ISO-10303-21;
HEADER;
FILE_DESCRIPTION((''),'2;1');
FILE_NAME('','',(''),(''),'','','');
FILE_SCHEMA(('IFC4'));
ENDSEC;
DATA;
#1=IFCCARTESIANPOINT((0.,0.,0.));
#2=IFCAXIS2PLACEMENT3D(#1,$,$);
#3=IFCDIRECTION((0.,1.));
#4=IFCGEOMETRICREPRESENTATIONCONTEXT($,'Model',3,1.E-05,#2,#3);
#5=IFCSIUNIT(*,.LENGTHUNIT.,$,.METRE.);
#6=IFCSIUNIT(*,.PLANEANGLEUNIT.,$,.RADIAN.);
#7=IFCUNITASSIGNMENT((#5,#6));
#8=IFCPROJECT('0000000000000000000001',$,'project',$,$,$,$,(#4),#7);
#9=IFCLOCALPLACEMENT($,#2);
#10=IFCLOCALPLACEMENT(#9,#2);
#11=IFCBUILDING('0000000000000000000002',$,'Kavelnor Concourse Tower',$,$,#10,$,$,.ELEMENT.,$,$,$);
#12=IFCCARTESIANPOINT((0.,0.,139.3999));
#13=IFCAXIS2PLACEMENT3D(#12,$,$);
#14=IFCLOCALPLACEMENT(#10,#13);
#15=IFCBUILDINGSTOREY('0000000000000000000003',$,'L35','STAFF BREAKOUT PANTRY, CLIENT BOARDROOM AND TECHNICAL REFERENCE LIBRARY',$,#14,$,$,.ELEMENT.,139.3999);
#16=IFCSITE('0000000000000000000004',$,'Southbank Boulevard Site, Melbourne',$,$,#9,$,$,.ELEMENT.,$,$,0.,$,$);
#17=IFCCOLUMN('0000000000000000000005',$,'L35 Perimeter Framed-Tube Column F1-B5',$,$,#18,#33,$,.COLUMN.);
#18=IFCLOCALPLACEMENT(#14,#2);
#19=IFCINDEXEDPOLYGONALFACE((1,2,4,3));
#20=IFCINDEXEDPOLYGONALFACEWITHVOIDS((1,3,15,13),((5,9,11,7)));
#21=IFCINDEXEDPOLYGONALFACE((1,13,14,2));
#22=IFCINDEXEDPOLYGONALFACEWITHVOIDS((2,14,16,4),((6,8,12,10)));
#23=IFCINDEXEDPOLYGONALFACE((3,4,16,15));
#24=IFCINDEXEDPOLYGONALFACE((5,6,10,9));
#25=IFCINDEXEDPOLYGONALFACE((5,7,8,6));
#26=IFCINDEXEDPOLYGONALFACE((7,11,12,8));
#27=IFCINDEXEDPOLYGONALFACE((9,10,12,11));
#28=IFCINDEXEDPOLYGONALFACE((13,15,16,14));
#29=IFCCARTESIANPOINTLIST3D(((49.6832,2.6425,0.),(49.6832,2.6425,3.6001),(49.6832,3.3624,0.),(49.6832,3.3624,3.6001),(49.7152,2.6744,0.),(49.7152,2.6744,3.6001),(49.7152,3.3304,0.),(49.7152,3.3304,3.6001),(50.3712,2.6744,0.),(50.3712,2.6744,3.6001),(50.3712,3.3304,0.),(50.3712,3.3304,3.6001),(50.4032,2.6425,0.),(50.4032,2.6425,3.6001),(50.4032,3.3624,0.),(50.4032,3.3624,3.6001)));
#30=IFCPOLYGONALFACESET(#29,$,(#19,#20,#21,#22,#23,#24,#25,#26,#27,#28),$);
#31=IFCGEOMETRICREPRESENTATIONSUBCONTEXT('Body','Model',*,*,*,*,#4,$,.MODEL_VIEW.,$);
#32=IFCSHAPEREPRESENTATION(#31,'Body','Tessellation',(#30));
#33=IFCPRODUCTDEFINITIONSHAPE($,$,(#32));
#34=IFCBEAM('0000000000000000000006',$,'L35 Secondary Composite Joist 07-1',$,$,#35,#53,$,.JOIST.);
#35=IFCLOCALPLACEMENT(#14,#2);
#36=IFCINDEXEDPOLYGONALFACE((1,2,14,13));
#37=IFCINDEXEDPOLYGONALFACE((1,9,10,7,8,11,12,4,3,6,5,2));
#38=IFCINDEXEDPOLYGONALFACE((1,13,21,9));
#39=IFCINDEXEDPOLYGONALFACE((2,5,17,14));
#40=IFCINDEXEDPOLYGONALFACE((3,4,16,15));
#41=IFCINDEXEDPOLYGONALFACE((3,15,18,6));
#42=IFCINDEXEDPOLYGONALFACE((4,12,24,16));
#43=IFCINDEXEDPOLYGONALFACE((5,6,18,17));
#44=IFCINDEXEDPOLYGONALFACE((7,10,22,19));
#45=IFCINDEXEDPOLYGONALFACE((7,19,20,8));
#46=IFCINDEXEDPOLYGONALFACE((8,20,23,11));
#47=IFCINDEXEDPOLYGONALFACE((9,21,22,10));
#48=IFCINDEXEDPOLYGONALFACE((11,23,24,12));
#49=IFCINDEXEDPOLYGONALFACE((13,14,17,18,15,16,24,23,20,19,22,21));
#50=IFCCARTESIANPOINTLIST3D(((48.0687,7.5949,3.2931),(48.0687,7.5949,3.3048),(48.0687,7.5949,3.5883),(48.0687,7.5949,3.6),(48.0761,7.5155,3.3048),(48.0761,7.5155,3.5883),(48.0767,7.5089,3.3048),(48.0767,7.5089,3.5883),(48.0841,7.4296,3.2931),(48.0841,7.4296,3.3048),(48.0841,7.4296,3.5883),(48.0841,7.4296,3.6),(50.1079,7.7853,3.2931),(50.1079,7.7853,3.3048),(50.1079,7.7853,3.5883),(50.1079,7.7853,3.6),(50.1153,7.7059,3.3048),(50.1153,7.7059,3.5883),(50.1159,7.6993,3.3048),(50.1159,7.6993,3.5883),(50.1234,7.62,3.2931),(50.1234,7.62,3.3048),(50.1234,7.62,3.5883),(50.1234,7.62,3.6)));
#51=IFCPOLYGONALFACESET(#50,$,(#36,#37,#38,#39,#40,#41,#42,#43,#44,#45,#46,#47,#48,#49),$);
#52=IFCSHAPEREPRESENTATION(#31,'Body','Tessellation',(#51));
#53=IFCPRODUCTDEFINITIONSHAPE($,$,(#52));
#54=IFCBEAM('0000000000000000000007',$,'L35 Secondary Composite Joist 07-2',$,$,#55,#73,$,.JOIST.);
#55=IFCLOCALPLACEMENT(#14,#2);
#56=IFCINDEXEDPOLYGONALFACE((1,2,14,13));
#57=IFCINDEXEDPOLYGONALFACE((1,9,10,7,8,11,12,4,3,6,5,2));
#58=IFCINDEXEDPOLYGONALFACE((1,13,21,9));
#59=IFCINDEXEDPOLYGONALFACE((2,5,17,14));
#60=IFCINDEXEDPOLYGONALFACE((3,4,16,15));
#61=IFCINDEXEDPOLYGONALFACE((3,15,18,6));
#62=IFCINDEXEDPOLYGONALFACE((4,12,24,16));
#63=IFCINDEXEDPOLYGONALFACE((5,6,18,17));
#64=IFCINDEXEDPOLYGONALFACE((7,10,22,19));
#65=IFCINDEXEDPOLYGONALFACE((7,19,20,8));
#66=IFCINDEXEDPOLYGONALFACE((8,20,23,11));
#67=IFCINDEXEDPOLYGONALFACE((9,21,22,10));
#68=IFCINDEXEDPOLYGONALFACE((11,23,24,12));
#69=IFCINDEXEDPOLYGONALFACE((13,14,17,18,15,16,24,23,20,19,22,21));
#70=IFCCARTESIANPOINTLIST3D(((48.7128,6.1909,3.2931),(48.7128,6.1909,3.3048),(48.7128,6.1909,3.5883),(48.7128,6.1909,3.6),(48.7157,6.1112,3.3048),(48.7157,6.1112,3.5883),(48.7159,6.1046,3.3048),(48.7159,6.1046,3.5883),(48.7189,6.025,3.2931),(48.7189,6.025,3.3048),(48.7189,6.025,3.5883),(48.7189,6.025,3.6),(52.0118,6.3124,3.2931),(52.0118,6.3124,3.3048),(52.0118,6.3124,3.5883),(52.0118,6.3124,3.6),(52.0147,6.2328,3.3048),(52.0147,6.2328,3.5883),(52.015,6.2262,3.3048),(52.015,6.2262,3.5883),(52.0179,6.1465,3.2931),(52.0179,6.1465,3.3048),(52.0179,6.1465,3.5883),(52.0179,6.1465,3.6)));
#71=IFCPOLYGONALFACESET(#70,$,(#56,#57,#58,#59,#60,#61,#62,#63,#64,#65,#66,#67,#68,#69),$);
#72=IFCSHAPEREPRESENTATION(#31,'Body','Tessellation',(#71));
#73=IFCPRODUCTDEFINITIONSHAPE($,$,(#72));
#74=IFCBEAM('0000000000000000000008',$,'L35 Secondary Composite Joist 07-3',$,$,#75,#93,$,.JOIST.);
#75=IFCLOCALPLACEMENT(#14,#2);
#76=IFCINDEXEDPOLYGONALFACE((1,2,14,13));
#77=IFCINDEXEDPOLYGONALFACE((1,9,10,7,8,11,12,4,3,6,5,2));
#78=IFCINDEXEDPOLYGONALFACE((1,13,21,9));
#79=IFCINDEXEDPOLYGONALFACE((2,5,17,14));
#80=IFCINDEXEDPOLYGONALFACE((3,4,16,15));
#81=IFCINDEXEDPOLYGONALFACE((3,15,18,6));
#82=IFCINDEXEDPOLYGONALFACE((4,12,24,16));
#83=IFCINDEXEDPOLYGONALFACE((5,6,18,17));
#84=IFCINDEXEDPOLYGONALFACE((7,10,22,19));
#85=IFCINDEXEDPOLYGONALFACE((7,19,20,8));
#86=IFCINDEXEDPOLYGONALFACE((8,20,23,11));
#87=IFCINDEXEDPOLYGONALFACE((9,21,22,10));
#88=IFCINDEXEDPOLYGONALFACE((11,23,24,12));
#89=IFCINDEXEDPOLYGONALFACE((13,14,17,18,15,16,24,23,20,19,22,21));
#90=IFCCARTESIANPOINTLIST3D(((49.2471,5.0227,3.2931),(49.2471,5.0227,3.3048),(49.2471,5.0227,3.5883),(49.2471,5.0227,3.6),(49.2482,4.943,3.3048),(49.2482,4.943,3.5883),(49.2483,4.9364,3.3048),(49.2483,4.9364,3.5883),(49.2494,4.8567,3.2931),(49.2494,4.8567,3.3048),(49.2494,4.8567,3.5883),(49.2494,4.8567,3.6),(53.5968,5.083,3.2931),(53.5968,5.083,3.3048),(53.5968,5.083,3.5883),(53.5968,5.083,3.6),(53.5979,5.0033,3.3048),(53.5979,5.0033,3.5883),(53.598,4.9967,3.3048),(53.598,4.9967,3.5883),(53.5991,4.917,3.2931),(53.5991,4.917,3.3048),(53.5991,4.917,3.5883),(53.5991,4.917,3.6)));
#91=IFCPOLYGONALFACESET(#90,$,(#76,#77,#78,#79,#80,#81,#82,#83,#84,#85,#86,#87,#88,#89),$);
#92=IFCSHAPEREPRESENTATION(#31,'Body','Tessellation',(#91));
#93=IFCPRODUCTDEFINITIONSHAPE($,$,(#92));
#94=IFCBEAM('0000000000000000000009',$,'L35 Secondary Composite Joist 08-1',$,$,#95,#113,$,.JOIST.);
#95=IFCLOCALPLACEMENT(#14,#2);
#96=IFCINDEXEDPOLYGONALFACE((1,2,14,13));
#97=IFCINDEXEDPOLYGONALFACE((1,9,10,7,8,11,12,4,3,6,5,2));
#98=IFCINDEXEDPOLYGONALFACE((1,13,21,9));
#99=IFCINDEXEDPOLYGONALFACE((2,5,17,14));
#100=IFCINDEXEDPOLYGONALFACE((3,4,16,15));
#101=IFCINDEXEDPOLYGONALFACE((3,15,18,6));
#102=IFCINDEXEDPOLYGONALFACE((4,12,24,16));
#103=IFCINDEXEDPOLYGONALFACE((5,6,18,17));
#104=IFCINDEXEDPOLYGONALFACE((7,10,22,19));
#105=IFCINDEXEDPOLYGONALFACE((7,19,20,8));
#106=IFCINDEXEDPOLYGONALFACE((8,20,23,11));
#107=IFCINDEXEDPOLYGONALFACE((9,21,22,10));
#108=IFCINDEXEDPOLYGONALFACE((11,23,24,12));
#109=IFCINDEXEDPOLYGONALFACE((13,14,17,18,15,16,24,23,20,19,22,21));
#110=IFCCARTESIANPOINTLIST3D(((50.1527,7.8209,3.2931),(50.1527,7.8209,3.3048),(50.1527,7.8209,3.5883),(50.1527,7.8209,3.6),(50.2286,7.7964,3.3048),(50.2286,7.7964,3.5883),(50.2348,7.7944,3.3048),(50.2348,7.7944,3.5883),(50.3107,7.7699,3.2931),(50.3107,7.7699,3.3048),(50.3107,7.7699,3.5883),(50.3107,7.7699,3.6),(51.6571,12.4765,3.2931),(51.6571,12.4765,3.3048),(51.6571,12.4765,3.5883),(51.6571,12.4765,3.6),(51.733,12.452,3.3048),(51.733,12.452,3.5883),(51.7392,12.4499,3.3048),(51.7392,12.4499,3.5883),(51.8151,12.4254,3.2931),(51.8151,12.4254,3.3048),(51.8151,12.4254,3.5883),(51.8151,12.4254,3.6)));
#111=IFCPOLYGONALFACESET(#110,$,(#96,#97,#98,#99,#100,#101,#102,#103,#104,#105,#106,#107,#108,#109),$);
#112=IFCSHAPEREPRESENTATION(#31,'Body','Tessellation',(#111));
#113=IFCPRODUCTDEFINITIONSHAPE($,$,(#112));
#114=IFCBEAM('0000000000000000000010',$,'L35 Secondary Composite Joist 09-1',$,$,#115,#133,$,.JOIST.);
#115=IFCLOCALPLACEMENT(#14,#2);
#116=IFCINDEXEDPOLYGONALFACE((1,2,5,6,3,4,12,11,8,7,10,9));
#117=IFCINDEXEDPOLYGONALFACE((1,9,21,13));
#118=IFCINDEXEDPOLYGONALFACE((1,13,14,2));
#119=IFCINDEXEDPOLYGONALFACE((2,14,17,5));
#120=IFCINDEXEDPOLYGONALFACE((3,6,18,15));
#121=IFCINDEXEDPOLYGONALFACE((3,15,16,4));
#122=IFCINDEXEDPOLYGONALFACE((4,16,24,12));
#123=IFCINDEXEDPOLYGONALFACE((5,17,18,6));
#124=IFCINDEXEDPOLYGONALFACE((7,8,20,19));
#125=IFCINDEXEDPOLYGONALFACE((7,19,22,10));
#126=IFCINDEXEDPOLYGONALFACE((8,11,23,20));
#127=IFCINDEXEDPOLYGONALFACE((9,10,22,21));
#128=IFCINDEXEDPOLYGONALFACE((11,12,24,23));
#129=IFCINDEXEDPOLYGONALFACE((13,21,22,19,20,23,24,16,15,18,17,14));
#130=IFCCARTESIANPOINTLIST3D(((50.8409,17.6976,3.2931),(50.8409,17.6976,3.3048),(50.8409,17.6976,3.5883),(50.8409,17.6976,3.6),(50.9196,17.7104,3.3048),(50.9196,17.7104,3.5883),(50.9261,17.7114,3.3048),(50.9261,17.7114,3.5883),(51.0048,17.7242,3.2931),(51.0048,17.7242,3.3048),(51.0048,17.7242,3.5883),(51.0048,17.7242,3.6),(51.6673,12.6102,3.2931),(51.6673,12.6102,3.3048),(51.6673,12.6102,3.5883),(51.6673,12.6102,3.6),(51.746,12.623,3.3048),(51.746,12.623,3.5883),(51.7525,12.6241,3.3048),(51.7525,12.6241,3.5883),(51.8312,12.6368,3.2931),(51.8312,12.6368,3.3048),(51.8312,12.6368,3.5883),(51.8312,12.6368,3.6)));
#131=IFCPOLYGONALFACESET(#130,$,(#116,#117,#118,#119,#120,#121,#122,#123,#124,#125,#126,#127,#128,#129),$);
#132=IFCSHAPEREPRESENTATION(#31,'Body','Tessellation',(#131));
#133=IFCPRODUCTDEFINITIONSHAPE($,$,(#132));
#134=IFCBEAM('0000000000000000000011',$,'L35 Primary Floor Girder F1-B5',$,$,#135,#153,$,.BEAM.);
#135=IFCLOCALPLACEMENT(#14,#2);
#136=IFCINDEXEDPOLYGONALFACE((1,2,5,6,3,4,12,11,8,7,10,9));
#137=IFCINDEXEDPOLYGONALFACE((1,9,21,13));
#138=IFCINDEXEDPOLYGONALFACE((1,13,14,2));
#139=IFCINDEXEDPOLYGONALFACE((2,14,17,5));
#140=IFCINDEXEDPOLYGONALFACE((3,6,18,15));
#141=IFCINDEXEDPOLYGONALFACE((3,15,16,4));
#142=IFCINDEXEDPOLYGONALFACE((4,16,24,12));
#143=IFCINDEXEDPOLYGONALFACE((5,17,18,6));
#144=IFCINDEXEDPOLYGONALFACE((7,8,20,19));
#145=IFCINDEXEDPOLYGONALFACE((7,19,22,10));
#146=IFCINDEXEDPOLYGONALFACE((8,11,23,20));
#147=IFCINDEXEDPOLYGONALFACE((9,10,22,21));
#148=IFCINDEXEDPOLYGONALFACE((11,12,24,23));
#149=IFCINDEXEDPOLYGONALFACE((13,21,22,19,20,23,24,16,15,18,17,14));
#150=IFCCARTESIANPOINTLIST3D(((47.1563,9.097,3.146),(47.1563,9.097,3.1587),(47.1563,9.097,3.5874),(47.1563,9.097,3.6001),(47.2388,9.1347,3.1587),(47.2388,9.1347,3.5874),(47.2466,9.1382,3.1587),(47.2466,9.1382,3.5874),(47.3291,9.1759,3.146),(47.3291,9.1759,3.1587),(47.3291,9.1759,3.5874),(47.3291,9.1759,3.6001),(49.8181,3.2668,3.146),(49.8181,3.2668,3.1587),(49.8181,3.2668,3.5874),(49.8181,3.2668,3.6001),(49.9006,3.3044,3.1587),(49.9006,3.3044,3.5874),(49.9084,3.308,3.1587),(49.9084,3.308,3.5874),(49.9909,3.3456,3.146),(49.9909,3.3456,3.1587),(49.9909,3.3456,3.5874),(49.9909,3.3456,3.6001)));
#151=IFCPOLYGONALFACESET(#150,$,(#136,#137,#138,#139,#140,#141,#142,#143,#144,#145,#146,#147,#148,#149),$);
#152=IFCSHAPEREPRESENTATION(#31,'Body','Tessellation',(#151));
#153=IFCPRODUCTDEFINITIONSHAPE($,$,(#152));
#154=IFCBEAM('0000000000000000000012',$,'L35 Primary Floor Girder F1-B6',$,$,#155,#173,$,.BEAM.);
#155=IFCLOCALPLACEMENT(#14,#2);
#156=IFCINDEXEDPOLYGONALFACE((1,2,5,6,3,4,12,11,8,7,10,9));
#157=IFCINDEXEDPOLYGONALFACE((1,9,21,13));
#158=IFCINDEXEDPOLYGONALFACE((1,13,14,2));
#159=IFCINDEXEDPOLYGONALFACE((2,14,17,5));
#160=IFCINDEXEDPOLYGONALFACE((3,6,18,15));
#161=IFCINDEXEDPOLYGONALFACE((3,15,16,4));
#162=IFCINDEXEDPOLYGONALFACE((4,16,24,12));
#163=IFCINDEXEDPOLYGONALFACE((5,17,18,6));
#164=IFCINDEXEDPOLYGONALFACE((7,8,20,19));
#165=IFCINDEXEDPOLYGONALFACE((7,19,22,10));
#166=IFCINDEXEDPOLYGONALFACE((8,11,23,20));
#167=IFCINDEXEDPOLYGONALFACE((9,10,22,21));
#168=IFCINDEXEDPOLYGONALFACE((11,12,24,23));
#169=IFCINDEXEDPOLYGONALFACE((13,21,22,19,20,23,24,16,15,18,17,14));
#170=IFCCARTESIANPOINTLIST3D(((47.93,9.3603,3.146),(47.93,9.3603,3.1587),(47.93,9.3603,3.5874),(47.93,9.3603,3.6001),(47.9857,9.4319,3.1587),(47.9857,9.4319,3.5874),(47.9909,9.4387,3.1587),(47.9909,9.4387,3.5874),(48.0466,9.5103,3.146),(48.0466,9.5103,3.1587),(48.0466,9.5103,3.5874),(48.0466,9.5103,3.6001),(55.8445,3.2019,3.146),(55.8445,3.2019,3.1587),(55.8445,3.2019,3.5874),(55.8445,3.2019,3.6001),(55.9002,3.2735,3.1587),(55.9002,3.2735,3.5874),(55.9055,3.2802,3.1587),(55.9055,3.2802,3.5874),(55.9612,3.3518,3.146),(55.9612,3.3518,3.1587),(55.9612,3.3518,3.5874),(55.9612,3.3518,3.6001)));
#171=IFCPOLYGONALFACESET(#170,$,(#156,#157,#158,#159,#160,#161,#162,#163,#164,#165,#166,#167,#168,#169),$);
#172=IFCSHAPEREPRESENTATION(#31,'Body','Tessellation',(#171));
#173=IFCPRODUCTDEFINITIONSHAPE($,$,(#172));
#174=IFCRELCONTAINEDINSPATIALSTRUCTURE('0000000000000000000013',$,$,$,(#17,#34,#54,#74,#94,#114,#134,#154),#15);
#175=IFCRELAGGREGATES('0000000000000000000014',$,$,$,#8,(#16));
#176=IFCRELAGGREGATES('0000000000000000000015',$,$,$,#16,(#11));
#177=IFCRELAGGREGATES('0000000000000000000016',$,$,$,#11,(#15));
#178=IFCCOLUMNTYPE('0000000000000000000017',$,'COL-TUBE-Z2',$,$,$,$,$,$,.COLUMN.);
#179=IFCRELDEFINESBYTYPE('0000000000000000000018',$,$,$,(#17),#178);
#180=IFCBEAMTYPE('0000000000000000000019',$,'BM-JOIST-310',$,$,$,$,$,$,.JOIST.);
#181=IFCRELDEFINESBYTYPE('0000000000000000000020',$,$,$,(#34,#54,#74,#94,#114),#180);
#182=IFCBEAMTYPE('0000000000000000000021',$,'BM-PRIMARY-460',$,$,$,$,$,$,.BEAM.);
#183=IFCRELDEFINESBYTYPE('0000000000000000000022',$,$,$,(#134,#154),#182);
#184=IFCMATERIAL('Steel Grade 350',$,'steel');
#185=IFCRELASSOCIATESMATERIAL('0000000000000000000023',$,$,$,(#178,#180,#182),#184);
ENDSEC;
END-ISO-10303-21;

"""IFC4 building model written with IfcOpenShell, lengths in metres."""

from ifc_helpers import new_model, si_unit, direction, frame, origin, origin_2d, place, context, subcontext, project, spatial, hollow_rectangle, i_section, extrude, material, material_profile, profile_set, type_object, element, save


model = new_model("IFC4")

# Units and contexts
model_context = context("Model", 3, precision=1e-05, world=origin(), true_north=direction((0.0, 1.0)))
body_context = subcontext(model_context, "Body", "Model", "MODEL_VIEW")
ifc_project = project(units=[si_unit("LENGTHUNIT", "METRE"), si_unit("PLANEANGLEUNIT", "RADIAN")], contexts=[model_context])

# Site, building, storey
site_placement = place(None, origin())
site = spatial("IfcSite", under=ifc_project, at=site_placement, Name="Southbank Boulevard Site, Melbourne", CompositionType="ELEMENT", RefElevation=0.0)
building_placement = place(site_placement, origin())
building = spatial("IfcBuilding", under=site, at=building_placement, Name="Kavelnor Concourse Tower", CompositionType="ELEMENT")
storey_placement = place(building_placement, frame((0.0, 0.0, 139.3999)))
storey = spatial("IfcBuildingStorey", under=building, at=storey_placement, Name="L35", Description="STAFF BREAKOUT PANTRY, CLIENT BOARDROOM AND TECHNICAL REFERENCE LIBRARY", CompositionType="ELEMENT", Elevation=139.3999)

# Column
ifc_material_1 = material(Name="Steel Grade 350", Category="steel")
ifc_material_profile_1 = material_profile(ifc_material_1, hollow_rectangle(XDim=0.72, YDim=0.72, WallThickness=0.032, at=origin_2d()), Name="SHS 720x720x32")
ifc_profile_set_1 = profile_set([ifc_material_profile_1], Name="Steel Grade 350")
column_type = type_object("IfcColumnType", Name="COL-TUBE-Z2", PredefinedType="COLUMN", material=ifc_profile_set_1)
column_placement = place(storey_placement, frame((50.0432, 3.0024, 0.0), z_axis=(0.0, 0.0, 1.0), x_axis=(1.0, 0.0, 0.0)))
element("IfcColumn", 1, at=column_placement, inside=storey, type_object=column_type, Name="L35 Perimeter Framed-Tube Column F1-B5", PredefinedType="COLUMN", context=body_context, shape_type="SweptSolid", body=[
    extrude(hollow_rectangle(XDim=0.72, YDim=0.72, WallThickness=0.032, at=origin_2d()), origin(), (0.0, 0.0, 1.0), 3.6001),
])

# Beams
ifc_material_profile_2 = material_profile(ifc_material_1, i_section(OverallWidth=0.166, OverallDepth=0.3069, WebThickness=0.0066, FlangeThickness=0.0117, at=origin_2d()), Name="310UB46")
ifc_profile_set_2 = profile_set([ifc_material_profile_2], Name="Steel Grade 350")
beam_type_1 = type_object("IfcBeamType", Name="BM-JOIST-310", PredefinedType="JOIST", material=ifc_profile_set_2)
beam_1_placement = place(storey_placement, frame((48.0764, 7.5122, 3.4465), z_axis=(0.995668, 0.092975, 0.0), x_axis=(-0.092975, 0.995668, 0.0)))
element("IfcBeam", 2, at=beam_1_placement, inside=storey, type_object=beam_type_1, Name="L35 Secondary Composite Joist 07-1", PredefinedType="JOIST", context=body_context, shape_type="SweptSolid", body=[
    extrude(i_section(OverallWidth=0.166, OverallDepth=0.3069, WebThickness=0.0066, FlangeThickness=0.0117, at=origin_2d()), origin(), (0.0, 0.0, 1.0), 2.0481),
])
beam_2_placement = place(storey_placement, frame((48.7158, 6.1079, 3.4465), z_axis=(0.999322, 0.036828, 0.0), x_axis=(-0.036828, 0.999322, 0.0)))
element("IfcBeam", 3, at=beam_2_placement, inside=storey, type_object=beam_type_1, Name="L35 Secondary Composite Joist 07-2", PredefinedType="JOIST", context=body_context, shape_type="SweptSolid", body=[
    extrude(i_section(OverallWidth=0.166, OverallDepth=0.3069, WebThickness=0.0066, FlangeThickness=0.0117, at=origin_2d()), origin(), (0.0, 0.0, 1.0), 3.3013),
])
beam_3_placement = place(storey_placement, frame((49.2483, 4.9397, 3.4465), z_axis=(0.999904, 0.013863, 0.0), x_axis=(-0.013863, 0.999904, 0.0)))
element("IfcBeam", 4, at=beam_3_placement, inside=storey, type_object=beam_type_1, Name="L35 Secondary Composite Joist 07-3", PredefinedType="JOIST", context=body_context, shape_type="SweptSolid", body=[
    extrude(i_section(OverallWidth=0.166, OverallDepth=0.3069, WebThickness=0.0066, FlangeThickness=0.0117, at=origin_2d()), origin(), (0.0, 0.0, 1.0), 4.3501),
])
beam_4_placement = place(storey_placement, frame((50.2317, 7.7954, 3.4465), z_axis=(0.307487, 0.951552, 0.0), x_axis=(-0.951552, 0.307487, 0.0)))
element("IfcBeam", 5, at=beam_4_placement, inside=storey, type_object=beam_type_1, Name="L35 Secondary Composite Joist 08-1", PredefinedType="JOIST", context=body_context, shape_type="SweptSolid", body=[
    extrude(i_section(OverallWidth=0.166, OverallDepth=0.3069, WebThickness=0.0066, FlangeThickness=0.0117, at=origin_2d()), origin(), (0.0, 0.0, 1.0), 4.8926),
])
beam_5_placement = place(storey_placement, frame((51.7493, 12.6235, 3.4465), z_axis=(-0.160342, 0.987062, 0.0), x_axis=(-0.987062, -0.160342, 0.0)))
element("IfcBeam", 6, at=beam_5_placement, inside=storey, type_object=beam_type_1, Name="L35 Secondary Composite Joist 09-1", PredefinedType="JOIST", context=body_context, shape_type="SweptSolid", body=[
    extrude(i_section(OverallWidth=0.166, OverallDepth=0.3069, WebThickness=0.0066, FlangeThickness=0.0117, at=origin_2d()), origin(), (0.0, 0.0, 1.0), 5.1541),
])
ifc_material_profile_3 = material_profile(ifc_material_1, i_section(OverallWidth=0.1899, OverallDepth=0.4541, WebThickness=0.0085, FlangeThickness=0.0127, at=origin_2d()), Name="460UB67")
ifc_profile_set_3 = profile_set([ifc_material_profile_3], Name="Steel Grade 350")
beam_type_2 = type_object("IfcBeamType", Name="BM-PRIMARY-460", PredefinedType="BEAM", material=ifc_profile_set_3)
beam_6_placement = place(storey_placement, frame((47.2427, 9.1365, 3.373), z_axis=(0.415318, -0.909676, 0.0), x_axis=(0.909676, 0.415318, 0.0)))
element("IfcBeam", 7, at=beam_6_placement, inside=storey, type_object=beam_type_2, Name="L35 Primary Floor Girder F1-B5", PredefinedType="BEAM", context=body_context, shape_type="SweptSolid", body=[
    extrude(i_section(OverallWidth=0.1899, OverallDepth=0.4541, WebThickness=0.0085, FlangeThickness=0.0127, at=origin_2d()), origin(), (0.0, 0.0, 1.0), 6.4092),
])
beam_7_placement = place(storey_placement, frame((47.9883, 9.4353, 3.373), z_axis=(0.789222, -0.614107, 0.0), x_axis=(0.614107, 0.789222, 0.0)))
element("IfcBeam", 8, at=beam_7_placement, inside=storey, type_object=beam_type_2, Name="L35 Primary Floor Girder F1-B6", PredefinedType="BEAM", context=body_context, shape_type="SweptSolid", body=[
    extrude(i_section(OverallWidth=0.1899, OverallDepth=0.4541, WebThickness=0.0085, FlangeThickness=0.0127, at=origin_2d()), origin(), (0.0, 0.0, 1.0), 10.0283),
])

save(model, "model.ifc")
